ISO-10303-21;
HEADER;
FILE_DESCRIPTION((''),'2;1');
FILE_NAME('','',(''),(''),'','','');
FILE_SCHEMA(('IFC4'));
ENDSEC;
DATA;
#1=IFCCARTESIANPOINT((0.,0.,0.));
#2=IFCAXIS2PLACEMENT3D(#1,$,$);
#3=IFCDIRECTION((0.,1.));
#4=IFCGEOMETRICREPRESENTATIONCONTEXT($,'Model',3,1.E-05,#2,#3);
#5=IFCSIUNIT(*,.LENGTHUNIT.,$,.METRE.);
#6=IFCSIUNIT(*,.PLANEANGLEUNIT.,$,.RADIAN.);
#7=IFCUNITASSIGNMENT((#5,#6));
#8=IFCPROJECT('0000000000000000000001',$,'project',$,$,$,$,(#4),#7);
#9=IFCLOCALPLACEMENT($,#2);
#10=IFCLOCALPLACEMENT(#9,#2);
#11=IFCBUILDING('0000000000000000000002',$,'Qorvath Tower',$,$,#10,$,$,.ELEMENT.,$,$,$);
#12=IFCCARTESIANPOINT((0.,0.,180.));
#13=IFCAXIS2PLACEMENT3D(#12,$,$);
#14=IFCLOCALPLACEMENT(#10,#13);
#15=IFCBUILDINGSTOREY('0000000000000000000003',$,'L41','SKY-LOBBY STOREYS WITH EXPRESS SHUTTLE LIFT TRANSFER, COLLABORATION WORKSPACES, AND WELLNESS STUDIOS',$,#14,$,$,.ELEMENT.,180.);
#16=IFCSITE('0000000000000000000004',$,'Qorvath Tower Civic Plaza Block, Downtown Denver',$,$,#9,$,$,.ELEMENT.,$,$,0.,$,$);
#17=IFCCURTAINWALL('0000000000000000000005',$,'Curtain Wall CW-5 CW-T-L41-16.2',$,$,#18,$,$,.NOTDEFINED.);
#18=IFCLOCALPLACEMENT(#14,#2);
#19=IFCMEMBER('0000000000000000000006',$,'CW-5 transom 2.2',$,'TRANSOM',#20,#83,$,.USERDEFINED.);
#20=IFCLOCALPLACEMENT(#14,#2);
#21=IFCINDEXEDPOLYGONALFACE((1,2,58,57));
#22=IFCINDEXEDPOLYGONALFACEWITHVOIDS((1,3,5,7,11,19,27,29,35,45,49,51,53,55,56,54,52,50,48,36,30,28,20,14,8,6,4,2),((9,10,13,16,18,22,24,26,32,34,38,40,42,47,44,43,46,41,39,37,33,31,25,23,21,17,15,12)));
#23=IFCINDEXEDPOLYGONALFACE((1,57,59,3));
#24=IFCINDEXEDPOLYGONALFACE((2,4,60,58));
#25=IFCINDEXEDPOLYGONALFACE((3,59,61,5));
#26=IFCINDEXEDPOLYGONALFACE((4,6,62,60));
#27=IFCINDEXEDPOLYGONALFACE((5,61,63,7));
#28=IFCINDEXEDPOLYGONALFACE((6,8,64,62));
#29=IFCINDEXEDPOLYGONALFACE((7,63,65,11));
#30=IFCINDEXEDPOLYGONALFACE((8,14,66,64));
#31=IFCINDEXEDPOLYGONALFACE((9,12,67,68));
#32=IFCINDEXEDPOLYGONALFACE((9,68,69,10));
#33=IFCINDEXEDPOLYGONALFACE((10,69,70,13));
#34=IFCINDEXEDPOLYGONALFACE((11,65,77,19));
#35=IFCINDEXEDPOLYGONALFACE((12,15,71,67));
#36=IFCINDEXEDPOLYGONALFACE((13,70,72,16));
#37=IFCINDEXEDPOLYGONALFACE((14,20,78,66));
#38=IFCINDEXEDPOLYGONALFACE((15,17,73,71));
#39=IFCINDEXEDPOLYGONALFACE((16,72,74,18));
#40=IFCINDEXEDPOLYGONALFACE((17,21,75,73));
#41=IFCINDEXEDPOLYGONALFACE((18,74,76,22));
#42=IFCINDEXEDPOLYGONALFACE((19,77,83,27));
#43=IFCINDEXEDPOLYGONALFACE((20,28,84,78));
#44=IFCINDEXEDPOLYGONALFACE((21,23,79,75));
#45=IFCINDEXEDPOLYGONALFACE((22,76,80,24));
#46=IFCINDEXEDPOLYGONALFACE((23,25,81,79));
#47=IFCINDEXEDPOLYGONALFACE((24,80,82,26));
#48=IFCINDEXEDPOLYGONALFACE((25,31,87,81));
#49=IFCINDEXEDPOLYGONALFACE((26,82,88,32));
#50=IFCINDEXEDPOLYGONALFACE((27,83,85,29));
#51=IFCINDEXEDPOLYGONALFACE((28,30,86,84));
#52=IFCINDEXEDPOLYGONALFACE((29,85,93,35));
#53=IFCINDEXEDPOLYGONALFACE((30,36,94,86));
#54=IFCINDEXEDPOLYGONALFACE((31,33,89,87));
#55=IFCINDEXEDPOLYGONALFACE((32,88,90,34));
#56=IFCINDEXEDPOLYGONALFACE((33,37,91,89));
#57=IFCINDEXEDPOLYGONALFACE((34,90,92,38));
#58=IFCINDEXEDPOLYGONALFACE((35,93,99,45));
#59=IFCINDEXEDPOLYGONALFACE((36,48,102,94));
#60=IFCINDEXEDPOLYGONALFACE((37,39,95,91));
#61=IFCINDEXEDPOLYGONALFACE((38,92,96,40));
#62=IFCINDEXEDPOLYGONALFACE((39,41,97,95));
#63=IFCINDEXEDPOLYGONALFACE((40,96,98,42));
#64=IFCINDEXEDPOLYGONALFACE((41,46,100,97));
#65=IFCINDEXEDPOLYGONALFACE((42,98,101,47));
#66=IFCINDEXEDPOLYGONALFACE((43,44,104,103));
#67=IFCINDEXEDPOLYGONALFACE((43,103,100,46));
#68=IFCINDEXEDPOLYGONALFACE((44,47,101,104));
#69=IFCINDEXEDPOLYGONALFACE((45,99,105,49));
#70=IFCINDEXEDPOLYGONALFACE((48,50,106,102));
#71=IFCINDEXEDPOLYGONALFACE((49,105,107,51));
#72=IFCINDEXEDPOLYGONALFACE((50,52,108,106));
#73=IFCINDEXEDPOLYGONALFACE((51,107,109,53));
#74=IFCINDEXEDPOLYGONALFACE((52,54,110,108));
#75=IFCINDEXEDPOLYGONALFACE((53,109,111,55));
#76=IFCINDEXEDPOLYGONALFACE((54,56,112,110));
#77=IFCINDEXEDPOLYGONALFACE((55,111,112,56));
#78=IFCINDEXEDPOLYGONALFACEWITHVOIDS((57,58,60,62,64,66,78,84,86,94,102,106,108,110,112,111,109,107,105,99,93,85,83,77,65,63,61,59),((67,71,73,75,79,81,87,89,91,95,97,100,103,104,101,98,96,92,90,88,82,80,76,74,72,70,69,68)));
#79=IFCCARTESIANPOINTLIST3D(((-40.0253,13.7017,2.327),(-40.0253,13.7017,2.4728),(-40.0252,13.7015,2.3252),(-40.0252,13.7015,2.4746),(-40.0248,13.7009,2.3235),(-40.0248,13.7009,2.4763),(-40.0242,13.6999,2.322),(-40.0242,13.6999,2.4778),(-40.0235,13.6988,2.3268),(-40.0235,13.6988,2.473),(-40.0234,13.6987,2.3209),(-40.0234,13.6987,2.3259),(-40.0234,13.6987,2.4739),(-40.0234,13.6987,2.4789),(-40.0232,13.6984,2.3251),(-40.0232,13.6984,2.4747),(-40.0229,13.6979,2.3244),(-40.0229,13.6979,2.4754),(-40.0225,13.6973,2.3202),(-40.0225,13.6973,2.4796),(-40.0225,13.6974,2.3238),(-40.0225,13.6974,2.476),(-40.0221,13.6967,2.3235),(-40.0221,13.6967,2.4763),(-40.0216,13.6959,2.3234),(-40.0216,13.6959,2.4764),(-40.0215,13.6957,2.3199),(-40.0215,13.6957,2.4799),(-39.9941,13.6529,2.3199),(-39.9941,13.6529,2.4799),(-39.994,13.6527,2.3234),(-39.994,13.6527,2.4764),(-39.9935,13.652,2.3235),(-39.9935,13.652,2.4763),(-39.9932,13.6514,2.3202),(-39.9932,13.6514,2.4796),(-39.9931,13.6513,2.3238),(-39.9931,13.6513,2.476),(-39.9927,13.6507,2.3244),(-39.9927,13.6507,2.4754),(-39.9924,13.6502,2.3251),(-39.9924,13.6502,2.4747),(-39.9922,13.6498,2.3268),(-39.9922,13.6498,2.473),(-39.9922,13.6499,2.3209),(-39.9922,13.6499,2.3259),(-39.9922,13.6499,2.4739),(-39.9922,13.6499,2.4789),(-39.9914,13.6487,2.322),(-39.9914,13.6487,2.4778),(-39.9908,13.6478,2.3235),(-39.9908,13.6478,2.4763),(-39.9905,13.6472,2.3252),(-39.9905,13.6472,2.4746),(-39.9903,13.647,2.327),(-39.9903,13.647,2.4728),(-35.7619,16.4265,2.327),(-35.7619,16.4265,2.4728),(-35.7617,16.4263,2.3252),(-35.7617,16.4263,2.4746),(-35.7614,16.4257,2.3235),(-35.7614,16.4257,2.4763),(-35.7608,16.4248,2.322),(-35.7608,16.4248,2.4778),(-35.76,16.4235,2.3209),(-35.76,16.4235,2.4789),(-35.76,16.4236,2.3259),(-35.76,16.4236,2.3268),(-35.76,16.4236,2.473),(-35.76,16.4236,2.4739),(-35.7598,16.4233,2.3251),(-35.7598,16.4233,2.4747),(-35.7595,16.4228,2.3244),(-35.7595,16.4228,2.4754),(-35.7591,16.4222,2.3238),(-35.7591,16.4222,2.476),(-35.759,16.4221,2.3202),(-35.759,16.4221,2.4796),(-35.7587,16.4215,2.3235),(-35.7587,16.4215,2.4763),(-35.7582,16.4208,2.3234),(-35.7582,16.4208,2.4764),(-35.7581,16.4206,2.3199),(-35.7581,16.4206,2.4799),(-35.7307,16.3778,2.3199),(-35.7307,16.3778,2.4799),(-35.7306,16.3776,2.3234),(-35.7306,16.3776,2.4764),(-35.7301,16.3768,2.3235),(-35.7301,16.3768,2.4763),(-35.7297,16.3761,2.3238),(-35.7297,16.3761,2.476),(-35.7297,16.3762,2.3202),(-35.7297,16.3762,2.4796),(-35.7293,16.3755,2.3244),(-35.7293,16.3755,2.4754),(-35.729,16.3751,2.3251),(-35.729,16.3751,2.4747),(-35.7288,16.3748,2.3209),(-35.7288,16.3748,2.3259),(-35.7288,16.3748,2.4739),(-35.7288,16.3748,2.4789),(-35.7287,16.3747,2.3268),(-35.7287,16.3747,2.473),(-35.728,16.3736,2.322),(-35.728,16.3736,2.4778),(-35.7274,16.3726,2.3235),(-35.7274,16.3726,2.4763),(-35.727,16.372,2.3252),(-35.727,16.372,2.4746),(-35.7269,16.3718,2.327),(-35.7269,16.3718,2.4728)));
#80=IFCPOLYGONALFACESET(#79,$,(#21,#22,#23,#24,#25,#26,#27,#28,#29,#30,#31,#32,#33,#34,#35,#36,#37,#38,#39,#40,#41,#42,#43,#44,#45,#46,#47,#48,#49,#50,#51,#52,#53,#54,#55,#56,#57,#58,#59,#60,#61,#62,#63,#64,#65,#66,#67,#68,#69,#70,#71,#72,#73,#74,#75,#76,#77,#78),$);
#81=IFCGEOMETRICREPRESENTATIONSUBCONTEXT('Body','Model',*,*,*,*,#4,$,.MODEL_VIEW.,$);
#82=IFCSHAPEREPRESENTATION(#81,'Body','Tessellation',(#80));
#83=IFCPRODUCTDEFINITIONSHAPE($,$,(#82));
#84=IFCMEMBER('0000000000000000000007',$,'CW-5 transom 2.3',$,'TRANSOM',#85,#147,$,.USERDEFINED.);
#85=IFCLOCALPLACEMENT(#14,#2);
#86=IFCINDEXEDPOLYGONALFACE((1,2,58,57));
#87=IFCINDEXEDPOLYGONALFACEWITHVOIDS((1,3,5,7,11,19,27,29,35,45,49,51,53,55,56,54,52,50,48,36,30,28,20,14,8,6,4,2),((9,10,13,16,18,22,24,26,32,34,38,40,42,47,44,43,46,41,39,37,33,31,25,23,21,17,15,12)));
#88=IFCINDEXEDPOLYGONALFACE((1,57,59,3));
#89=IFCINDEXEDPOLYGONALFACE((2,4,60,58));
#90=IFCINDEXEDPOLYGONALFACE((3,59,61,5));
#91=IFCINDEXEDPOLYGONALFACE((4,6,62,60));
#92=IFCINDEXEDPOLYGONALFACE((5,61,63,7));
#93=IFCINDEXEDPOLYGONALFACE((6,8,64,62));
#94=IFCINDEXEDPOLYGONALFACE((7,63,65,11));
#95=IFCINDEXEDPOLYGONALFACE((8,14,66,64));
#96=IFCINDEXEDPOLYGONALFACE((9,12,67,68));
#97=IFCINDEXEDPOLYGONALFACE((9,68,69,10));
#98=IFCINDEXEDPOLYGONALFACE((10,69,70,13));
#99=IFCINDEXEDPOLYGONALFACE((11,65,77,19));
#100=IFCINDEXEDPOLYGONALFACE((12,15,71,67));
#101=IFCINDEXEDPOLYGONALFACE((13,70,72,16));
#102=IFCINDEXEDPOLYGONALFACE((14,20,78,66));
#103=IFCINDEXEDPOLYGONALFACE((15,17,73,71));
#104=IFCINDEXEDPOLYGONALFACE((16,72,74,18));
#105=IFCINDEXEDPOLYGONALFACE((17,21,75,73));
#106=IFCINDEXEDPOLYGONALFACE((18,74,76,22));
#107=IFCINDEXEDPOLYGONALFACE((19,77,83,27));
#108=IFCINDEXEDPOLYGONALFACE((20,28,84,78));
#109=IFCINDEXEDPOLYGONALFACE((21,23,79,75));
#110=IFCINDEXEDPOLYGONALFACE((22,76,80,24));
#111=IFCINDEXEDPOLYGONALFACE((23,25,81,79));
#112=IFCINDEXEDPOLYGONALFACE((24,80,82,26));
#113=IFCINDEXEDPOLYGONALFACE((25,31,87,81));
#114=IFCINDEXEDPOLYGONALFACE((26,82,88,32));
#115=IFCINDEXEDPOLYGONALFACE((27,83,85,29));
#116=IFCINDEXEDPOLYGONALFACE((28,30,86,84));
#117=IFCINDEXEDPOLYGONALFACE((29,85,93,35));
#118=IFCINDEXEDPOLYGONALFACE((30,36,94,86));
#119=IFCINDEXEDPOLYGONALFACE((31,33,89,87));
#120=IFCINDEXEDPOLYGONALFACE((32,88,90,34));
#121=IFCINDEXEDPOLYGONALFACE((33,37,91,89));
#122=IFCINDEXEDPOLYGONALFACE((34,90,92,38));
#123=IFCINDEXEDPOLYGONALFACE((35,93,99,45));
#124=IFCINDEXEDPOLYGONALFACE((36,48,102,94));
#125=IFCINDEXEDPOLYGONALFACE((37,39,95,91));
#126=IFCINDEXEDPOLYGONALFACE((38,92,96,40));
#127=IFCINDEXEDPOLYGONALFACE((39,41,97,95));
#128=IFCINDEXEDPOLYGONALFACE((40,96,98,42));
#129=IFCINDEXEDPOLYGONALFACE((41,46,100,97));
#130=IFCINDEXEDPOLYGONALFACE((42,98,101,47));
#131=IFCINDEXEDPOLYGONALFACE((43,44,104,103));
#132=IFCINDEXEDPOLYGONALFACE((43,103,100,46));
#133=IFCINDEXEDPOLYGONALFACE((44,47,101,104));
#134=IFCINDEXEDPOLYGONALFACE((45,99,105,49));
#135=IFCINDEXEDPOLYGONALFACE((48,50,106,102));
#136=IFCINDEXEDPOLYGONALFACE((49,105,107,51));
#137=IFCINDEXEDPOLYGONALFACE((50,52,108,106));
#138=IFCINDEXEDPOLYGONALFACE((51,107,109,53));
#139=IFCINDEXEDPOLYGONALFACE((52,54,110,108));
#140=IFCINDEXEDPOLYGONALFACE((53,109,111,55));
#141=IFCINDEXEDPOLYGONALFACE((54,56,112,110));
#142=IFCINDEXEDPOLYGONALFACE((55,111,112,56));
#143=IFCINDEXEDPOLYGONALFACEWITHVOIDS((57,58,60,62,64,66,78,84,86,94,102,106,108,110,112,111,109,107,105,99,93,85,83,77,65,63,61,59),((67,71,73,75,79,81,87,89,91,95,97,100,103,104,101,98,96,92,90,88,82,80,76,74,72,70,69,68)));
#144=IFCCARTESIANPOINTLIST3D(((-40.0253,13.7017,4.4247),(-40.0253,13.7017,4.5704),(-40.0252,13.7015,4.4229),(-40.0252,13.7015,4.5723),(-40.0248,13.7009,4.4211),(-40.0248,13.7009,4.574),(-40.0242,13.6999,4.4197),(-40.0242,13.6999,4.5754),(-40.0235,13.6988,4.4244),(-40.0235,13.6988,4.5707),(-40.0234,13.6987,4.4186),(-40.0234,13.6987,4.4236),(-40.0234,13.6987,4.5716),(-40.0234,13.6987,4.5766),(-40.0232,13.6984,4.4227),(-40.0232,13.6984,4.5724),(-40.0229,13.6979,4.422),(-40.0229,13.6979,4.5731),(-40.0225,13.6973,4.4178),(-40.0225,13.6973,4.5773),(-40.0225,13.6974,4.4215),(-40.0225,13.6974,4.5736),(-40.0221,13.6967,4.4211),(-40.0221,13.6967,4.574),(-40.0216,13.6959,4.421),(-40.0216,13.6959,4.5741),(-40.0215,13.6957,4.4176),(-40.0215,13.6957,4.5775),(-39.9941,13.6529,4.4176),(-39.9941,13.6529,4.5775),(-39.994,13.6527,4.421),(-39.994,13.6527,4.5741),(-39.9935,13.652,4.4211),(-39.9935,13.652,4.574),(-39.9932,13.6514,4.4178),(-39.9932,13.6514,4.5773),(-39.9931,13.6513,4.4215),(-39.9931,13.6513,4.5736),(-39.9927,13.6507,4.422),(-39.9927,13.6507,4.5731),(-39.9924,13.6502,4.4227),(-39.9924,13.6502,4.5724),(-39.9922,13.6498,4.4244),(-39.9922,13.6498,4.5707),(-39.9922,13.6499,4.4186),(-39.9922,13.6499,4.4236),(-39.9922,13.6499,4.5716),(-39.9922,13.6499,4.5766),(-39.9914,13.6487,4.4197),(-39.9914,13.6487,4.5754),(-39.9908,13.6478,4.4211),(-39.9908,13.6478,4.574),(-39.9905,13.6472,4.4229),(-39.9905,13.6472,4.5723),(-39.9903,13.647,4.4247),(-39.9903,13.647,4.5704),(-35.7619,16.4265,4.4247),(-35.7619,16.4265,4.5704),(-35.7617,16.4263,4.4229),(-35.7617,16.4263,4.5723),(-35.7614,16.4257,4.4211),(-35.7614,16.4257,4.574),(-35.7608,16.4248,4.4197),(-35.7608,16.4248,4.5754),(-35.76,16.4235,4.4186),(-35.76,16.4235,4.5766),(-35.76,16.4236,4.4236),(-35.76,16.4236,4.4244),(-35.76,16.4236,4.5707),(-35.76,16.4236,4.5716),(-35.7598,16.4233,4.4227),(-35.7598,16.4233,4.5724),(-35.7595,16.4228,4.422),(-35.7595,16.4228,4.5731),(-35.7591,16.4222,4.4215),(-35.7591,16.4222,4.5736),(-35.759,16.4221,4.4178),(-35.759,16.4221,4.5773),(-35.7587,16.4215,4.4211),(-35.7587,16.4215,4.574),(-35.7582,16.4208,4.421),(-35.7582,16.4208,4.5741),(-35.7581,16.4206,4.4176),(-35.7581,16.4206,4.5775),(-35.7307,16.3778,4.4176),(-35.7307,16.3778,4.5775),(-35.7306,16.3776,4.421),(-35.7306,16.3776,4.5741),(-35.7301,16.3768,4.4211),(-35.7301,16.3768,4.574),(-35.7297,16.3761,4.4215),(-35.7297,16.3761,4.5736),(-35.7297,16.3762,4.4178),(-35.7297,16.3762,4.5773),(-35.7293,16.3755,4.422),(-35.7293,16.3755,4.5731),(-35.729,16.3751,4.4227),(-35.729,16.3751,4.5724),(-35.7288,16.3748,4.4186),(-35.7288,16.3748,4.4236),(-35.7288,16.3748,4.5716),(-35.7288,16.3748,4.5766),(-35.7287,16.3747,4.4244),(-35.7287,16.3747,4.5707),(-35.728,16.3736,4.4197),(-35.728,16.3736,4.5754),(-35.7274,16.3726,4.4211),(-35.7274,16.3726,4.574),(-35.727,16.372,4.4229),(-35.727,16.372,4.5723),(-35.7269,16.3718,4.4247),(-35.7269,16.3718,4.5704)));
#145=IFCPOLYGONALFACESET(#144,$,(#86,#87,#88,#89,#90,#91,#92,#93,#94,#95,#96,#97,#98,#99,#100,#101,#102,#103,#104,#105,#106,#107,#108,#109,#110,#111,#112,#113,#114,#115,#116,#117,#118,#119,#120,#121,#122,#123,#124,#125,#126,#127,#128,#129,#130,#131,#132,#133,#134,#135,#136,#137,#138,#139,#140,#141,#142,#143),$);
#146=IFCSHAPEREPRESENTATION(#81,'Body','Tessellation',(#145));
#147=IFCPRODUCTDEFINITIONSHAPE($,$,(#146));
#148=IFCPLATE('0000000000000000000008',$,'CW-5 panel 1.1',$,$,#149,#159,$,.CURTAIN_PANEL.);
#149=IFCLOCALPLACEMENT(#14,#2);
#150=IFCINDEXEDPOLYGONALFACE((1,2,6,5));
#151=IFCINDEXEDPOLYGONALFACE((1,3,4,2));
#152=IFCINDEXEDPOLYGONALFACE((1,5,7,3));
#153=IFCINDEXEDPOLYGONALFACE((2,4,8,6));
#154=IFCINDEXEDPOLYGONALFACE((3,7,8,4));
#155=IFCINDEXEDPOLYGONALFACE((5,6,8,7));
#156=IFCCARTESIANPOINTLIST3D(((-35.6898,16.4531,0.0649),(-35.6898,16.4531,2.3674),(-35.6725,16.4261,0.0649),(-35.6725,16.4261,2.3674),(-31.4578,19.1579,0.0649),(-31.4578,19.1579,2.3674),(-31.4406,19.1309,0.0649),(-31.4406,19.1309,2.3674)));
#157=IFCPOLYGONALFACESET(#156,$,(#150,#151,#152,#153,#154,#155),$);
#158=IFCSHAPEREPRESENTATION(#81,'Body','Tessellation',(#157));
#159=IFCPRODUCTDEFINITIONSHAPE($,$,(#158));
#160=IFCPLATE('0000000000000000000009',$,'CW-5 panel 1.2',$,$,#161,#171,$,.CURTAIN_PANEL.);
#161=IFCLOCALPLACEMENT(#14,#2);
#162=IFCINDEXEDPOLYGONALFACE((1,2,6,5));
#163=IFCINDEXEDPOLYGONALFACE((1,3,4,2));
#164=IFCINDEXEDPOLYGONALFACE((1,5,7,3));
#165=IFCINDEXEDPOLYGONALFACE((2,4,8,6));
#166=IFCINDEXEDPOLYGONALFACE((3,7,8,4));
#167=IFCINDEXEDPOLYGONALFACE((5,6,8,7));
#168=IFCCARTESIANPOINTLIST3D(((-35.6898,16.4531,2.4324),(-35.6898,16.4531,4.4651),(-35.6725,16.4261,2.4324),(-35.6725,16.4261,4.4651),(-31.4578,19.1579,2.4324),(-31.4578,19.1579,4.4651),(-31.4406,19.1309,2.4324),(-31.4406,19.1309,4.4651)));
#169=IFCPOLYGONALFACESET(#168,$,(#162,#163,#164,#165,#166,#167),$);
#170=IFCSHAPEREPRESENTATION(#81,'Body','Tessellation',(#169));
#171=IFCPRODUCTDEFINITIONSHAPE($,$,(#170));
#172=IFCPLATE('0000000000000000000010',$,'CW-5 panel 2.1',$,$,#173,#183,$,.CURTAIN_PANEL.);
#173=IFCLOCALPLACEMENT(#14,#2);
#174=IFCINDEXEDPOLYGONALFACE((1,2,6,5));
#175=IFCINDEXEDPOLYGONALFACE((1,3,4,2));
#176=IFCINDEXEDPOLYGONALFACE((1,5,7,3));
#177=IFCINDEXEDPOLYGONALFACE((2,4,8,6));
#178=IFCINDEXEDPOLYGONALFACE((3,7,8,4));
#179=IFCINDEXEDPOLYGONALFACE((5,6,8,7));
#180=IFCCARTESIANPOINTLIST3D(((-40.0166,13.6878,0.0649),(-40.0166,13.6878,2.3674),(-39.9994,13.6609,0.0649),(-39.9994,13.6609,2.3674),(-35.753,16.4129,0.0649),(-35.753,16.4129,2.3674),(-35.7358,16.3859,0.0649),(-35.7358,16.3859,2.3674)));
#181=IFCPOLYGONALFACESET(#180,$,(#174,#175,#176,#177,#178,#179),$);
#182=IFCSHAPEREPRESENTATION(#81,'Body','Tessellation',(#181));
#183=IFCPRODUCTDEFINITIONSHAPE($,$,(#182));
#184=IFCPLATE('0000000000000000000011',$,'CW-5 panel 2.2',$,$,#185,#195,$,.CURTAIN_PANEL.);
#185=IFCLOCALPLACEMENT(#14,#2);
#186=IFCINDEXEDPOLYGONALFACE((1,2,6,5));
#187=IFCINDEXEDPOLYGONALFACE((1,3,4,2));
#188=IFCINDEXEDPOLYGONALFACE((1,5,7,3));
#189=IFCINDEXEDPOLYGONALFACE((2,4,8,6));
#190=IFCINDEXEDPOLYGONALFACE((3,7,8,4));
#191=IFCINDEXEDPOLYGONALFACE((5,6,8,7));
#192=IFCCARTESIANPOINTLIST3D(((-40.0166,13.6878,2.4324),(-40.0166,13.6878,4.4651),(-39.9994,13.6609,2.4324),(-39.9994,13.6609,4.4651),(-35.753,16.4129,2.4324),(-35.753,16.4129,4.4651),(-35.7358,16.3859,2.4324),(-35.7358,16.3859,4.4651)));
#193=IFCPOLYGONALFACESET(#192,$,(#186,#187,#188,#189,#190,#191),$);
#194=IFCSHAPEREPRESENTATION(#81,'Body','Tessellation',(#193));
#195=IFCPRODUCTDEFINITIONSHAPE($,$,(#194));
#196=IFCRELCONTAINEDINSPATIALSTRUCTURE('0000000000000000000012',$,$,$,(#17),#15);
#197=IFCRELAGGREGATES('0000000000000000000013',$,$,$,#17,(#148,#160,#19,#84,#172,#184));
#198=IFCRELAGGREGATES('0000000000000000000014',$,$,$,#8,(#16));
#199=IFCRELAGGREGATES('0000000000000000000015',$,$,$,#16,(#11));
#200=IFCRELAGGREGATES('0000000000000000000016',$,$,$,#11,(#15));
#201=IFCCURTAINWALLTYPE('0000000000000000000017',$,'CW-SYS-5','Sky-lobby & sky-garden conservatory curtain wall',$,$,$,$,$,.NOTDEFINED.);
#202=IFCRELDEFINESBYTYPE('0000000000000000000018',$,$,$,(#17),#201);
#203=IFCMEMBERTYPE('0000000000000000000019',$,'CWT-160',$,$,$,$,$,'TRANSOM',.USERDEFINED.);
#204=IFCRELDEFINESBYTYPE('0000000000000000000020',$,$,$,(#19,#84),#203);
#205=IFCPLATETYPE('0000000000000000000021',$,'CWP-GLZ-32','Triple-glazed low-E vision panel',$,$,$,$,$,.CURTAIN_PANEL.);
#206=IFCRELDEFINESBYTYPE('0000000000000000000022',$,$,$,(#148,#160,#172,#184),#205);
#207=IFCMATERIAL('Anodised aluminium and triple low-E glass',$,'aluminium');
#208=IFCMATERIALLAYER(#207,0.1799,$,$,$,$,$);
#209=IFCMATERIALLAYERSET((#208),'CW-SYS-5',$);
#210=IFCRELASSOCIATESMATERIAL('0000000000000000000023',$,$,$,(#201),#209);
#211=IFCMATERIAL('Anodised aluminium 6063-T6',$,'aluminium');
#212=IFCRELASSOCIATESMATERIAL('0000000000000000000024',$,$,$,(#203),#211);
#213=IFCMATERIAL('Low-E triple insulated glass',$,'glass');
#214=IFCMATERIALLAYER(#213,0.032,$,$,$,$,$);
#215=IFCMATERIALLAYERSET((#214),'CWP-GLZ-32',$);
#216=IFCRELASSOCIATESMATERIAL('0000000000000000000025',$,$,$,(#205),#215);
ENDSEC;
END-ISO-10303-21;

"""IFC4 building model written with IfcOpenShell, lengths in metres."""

from ifc_helpers import new_model, si_unit, direction, frame, origin, origin_2d, place, context, subcontext, project, spatial, rectangle, hollow_rectangle, extrude, material, layer, layer_set, material_profile, profile_set, type_object, element, aggregate, save


model = new_model("IFC4")

# Units and contexts
model_context = context("Model", 3, precision=1e-05, world=origin(), true_north=direction((0.0, 1.0)))
body_context = subcontext(model_context, "Body", "Model", "MODEL_VIEW")
ifc_project = project(units=[si_unit("LENGTHUNIT", "METRE"), si_unit("PLANEANGLEUNIT", "RADIAN")], contexts=[model_context])

# Site, building, storey
site_placement = place(None, origin())
site = spatial("IfcSite", under=ifc_project, at=site_placement, Name="Qorvath Tower Civic Plaza Block, Downtown Denver", CompositionType="ELEMENT", RefElevation=0.0)
building_placement = place(site_placement, origin())
building = spatial("IfcBuilding", under=site, at=building_placement, Name="Qorvath Tower", CompositionType="ELEMENT")
storey_placement = place(building_placement, frame((0.0, 0.0, 180.0)))
storey = spatial("IfcBuildingStorey", under=building, at=storey_placement, Name="L41", Description="SKY-LOBBY STOREYS WITH EXPRESS SHUTTLE LIFT TRANSFER, COLLABORATION WORKSPACES, AND WELLNESS STUDIOS", CompositionType="ELEMENT", Elevation=180.0)

# Curtain wall, members, plates
ifc_material_1 = material(Name="Anodised aluminium and triple low-E glass", Category="aluminium")
ifc_layer_1 = layer(ifc_material_1, 0.1799)
ifc_layer_set_1 = layer_set([ifc_layer_1], Name="CW-SYS-5")
curtain_wall_type = type_object("IfcCurtainWallType", Name="CW-SYS-5", Description="Sky-lobby & sky-garden conservatory curtain wall", PredefinedType="NOTDEFINED", material=ifc_layer_set_1)
curtain_wall_placement = place(storey_placement, origin())
curtain_wall = element("IfcCurtainWall", 1, at=curtain_wall_placement, inside=storey, type_object=curtain_wall_type, Name="Curtain Wall CW-5 CW-T-L41-16.2", PredefinedType="NOTDEFINED")
ifc_material_2 = material(Name="Anodised aluminium 6063-T6", Category="aluminium")
ifc_material_profile_1 = material_profile(ifc_material_2, hollow_rectangle(XDim=0.0649, YDim=0.1599, WallThickness=0.0034, InnerFilletRadius=0.0034, OuterFilletRadius=0.0071, at=origin_2d()), Name="CWT 160x65")
ifc_profile_set_1 = profile_set([ifc_material_profile_1], Name="Anodised aluminium 6063-T6")
member_type_1 = type_object("IfcMemberType", Name="CWT-160", ElementType="TRANSOM", PredefinedType="USERDEFINED", material=ifc_profile_set_1)
member_1_placement = place(storey_placement, frame((-35.7444, 16.3992, 2.3999), z_axis=(-0.842607, -0.538529, 0.0), x_axis=(0.538529, -0.842607, 0.0)))
member_1 = element("IfcMember", 2, at=member_1_placement, type_object=member_type_1, Name="CW-5 transom 2.2", ObjectType="TRANSOM", PredefinedType="USERDEFINED", context=body_context, shape_type="SweptSolid", body=[
    extrude(hollow_rectangle(XDim=0.0649, YDim=0.1599, WallThickness=0.0034, InnerFilletRadius=0.0034, OuterFilletRadius=0.0071, at=origin_2d()), origin(), (0.0, 0.0, 1.0), 5.0598),
])
member_2_placement = place(storey_placement, frame((-35.7444, 16.3992, 4.4976), z_axis=(-0.842607, -0.538529, 0.0), x_axis=(0.538529, -0.842607, 0.0)))
member_2 = element("IfcMember", 3, at=member_2_placement, type_object=member_type_1, Name="CW-5 transom 2.3", ObjectType="TRANSOM", PredefinedType="USERDEFINED", context=body_context, shape_type="SweptSolid", body=[
    extrude(hollow_rectangle(XDim=0.0649, YDim=0.1599, WallThickness=0.0034, InnerFilletRadius=0.0034, OuterFilletRadius=0.0071, at=origin_2d()), origin(), (0.0, 0.0, 1.0), 5.0598),
])
ifc_material_3 = material(Name="Low-E triple insulated glass", Category="glass")
ifc_layer_2 = layer(ifc_material_3, 0.032)
ifc_layer_set_2 = layer_set([ifc_layer_2], Name="CWP-GLZ-32")
plate_type = type_object("IfcPlateType", Name="CWP-GLZ-32", Description="Triple-glazed low-E vision panel", PredefinedType="CURTAIN_PANEL", material=ifc_layer_set_2)
plate_1_placement = place(storey_placement, frame((-33.5652, 17.792, 0.0649), z_axis=(0.0, 0.0, 1.0), x_axis=(-0.842602, -0.538537, 0.0)))
plate_1 = element("IfcPlate", 4, at=plate_1_placement, type_object=plate_type, Name="CW-5 panel 1.1", PredefinedType="CURTAIN_PANEL", context=body_context, shape_type="SweptSolid", body=[
    extrude(rectangle(XDim=5.0225, YDim=0.032, at=origin_2d()), origin(), (0.0, 0.0, 1.0), 2.3025),
])
plate_2_placement = place(storey_placement, frame((-33.5652, 17.792, 2.4324), z_axis=(0.0, 0.0, 1.0), x_axis=(-0.842602, -0.538537, 0.0)))
plate_2 = element("IfcPlate", 5, at=plate_2_placement, type_object=plate_type, Name="CW-5 panel 1.2", PredefinedType="CURTAIN_PANEL", context=body_context, shape_type="SweptSolid", body=[
    extrude(rectangle(XDim=5.0225, YDim=0.032, at=origin_2d()), origin(), (0.0, 0.0, 1.0), 2.0327),
])
plate_3_placement = place(storey_placement, frame((-37.8762, 15.0369, 0.0649), z_axis=(0.0, 0.0, 1.0), x_axis=(-0.842602, -0.538537, 0.0)))
plate_3 = element("IfcPlate", 6, at=plate_3_placement, type_object=plate_type, Name="CW-5 panel 2.1", PredefinedType="CURTAIN_PANEL", context=body_context, shape_type="SweptSolid", body=[
    extrude(rectangle(XDim=5.0601, YDim=0.032, at=origin_2d()), origin(), (0.0, 0.0, 1.0), 2.3025),
])
plate_4_placement = place(storey_placement, frame((-37.8762, 15.0369, 2.4324), z_axis=(0.0, 0.0, 1.0), x_axis=(-0.842602, -0.538537, 0.0)))
plate_4 = element("IfcPlate", 7, at=plate_4_placement, type_object=plate_type, Name="CW-5 panel 2.2", PredefinedType="CURTAIN_PANEL", context=body_context, shape_type="SweptSolid", body=[
    extrude(rectangle(XDim=5.0601, YDim=0.032, at=origin_2d()), origin(), (0.0, 0.0, 1.0), 2.0327),
])
aggregate(curtain_wall, [plate_1, plate_2, member_1, member_2, plate_3, plate_4])

save(model, "model.ifc")
